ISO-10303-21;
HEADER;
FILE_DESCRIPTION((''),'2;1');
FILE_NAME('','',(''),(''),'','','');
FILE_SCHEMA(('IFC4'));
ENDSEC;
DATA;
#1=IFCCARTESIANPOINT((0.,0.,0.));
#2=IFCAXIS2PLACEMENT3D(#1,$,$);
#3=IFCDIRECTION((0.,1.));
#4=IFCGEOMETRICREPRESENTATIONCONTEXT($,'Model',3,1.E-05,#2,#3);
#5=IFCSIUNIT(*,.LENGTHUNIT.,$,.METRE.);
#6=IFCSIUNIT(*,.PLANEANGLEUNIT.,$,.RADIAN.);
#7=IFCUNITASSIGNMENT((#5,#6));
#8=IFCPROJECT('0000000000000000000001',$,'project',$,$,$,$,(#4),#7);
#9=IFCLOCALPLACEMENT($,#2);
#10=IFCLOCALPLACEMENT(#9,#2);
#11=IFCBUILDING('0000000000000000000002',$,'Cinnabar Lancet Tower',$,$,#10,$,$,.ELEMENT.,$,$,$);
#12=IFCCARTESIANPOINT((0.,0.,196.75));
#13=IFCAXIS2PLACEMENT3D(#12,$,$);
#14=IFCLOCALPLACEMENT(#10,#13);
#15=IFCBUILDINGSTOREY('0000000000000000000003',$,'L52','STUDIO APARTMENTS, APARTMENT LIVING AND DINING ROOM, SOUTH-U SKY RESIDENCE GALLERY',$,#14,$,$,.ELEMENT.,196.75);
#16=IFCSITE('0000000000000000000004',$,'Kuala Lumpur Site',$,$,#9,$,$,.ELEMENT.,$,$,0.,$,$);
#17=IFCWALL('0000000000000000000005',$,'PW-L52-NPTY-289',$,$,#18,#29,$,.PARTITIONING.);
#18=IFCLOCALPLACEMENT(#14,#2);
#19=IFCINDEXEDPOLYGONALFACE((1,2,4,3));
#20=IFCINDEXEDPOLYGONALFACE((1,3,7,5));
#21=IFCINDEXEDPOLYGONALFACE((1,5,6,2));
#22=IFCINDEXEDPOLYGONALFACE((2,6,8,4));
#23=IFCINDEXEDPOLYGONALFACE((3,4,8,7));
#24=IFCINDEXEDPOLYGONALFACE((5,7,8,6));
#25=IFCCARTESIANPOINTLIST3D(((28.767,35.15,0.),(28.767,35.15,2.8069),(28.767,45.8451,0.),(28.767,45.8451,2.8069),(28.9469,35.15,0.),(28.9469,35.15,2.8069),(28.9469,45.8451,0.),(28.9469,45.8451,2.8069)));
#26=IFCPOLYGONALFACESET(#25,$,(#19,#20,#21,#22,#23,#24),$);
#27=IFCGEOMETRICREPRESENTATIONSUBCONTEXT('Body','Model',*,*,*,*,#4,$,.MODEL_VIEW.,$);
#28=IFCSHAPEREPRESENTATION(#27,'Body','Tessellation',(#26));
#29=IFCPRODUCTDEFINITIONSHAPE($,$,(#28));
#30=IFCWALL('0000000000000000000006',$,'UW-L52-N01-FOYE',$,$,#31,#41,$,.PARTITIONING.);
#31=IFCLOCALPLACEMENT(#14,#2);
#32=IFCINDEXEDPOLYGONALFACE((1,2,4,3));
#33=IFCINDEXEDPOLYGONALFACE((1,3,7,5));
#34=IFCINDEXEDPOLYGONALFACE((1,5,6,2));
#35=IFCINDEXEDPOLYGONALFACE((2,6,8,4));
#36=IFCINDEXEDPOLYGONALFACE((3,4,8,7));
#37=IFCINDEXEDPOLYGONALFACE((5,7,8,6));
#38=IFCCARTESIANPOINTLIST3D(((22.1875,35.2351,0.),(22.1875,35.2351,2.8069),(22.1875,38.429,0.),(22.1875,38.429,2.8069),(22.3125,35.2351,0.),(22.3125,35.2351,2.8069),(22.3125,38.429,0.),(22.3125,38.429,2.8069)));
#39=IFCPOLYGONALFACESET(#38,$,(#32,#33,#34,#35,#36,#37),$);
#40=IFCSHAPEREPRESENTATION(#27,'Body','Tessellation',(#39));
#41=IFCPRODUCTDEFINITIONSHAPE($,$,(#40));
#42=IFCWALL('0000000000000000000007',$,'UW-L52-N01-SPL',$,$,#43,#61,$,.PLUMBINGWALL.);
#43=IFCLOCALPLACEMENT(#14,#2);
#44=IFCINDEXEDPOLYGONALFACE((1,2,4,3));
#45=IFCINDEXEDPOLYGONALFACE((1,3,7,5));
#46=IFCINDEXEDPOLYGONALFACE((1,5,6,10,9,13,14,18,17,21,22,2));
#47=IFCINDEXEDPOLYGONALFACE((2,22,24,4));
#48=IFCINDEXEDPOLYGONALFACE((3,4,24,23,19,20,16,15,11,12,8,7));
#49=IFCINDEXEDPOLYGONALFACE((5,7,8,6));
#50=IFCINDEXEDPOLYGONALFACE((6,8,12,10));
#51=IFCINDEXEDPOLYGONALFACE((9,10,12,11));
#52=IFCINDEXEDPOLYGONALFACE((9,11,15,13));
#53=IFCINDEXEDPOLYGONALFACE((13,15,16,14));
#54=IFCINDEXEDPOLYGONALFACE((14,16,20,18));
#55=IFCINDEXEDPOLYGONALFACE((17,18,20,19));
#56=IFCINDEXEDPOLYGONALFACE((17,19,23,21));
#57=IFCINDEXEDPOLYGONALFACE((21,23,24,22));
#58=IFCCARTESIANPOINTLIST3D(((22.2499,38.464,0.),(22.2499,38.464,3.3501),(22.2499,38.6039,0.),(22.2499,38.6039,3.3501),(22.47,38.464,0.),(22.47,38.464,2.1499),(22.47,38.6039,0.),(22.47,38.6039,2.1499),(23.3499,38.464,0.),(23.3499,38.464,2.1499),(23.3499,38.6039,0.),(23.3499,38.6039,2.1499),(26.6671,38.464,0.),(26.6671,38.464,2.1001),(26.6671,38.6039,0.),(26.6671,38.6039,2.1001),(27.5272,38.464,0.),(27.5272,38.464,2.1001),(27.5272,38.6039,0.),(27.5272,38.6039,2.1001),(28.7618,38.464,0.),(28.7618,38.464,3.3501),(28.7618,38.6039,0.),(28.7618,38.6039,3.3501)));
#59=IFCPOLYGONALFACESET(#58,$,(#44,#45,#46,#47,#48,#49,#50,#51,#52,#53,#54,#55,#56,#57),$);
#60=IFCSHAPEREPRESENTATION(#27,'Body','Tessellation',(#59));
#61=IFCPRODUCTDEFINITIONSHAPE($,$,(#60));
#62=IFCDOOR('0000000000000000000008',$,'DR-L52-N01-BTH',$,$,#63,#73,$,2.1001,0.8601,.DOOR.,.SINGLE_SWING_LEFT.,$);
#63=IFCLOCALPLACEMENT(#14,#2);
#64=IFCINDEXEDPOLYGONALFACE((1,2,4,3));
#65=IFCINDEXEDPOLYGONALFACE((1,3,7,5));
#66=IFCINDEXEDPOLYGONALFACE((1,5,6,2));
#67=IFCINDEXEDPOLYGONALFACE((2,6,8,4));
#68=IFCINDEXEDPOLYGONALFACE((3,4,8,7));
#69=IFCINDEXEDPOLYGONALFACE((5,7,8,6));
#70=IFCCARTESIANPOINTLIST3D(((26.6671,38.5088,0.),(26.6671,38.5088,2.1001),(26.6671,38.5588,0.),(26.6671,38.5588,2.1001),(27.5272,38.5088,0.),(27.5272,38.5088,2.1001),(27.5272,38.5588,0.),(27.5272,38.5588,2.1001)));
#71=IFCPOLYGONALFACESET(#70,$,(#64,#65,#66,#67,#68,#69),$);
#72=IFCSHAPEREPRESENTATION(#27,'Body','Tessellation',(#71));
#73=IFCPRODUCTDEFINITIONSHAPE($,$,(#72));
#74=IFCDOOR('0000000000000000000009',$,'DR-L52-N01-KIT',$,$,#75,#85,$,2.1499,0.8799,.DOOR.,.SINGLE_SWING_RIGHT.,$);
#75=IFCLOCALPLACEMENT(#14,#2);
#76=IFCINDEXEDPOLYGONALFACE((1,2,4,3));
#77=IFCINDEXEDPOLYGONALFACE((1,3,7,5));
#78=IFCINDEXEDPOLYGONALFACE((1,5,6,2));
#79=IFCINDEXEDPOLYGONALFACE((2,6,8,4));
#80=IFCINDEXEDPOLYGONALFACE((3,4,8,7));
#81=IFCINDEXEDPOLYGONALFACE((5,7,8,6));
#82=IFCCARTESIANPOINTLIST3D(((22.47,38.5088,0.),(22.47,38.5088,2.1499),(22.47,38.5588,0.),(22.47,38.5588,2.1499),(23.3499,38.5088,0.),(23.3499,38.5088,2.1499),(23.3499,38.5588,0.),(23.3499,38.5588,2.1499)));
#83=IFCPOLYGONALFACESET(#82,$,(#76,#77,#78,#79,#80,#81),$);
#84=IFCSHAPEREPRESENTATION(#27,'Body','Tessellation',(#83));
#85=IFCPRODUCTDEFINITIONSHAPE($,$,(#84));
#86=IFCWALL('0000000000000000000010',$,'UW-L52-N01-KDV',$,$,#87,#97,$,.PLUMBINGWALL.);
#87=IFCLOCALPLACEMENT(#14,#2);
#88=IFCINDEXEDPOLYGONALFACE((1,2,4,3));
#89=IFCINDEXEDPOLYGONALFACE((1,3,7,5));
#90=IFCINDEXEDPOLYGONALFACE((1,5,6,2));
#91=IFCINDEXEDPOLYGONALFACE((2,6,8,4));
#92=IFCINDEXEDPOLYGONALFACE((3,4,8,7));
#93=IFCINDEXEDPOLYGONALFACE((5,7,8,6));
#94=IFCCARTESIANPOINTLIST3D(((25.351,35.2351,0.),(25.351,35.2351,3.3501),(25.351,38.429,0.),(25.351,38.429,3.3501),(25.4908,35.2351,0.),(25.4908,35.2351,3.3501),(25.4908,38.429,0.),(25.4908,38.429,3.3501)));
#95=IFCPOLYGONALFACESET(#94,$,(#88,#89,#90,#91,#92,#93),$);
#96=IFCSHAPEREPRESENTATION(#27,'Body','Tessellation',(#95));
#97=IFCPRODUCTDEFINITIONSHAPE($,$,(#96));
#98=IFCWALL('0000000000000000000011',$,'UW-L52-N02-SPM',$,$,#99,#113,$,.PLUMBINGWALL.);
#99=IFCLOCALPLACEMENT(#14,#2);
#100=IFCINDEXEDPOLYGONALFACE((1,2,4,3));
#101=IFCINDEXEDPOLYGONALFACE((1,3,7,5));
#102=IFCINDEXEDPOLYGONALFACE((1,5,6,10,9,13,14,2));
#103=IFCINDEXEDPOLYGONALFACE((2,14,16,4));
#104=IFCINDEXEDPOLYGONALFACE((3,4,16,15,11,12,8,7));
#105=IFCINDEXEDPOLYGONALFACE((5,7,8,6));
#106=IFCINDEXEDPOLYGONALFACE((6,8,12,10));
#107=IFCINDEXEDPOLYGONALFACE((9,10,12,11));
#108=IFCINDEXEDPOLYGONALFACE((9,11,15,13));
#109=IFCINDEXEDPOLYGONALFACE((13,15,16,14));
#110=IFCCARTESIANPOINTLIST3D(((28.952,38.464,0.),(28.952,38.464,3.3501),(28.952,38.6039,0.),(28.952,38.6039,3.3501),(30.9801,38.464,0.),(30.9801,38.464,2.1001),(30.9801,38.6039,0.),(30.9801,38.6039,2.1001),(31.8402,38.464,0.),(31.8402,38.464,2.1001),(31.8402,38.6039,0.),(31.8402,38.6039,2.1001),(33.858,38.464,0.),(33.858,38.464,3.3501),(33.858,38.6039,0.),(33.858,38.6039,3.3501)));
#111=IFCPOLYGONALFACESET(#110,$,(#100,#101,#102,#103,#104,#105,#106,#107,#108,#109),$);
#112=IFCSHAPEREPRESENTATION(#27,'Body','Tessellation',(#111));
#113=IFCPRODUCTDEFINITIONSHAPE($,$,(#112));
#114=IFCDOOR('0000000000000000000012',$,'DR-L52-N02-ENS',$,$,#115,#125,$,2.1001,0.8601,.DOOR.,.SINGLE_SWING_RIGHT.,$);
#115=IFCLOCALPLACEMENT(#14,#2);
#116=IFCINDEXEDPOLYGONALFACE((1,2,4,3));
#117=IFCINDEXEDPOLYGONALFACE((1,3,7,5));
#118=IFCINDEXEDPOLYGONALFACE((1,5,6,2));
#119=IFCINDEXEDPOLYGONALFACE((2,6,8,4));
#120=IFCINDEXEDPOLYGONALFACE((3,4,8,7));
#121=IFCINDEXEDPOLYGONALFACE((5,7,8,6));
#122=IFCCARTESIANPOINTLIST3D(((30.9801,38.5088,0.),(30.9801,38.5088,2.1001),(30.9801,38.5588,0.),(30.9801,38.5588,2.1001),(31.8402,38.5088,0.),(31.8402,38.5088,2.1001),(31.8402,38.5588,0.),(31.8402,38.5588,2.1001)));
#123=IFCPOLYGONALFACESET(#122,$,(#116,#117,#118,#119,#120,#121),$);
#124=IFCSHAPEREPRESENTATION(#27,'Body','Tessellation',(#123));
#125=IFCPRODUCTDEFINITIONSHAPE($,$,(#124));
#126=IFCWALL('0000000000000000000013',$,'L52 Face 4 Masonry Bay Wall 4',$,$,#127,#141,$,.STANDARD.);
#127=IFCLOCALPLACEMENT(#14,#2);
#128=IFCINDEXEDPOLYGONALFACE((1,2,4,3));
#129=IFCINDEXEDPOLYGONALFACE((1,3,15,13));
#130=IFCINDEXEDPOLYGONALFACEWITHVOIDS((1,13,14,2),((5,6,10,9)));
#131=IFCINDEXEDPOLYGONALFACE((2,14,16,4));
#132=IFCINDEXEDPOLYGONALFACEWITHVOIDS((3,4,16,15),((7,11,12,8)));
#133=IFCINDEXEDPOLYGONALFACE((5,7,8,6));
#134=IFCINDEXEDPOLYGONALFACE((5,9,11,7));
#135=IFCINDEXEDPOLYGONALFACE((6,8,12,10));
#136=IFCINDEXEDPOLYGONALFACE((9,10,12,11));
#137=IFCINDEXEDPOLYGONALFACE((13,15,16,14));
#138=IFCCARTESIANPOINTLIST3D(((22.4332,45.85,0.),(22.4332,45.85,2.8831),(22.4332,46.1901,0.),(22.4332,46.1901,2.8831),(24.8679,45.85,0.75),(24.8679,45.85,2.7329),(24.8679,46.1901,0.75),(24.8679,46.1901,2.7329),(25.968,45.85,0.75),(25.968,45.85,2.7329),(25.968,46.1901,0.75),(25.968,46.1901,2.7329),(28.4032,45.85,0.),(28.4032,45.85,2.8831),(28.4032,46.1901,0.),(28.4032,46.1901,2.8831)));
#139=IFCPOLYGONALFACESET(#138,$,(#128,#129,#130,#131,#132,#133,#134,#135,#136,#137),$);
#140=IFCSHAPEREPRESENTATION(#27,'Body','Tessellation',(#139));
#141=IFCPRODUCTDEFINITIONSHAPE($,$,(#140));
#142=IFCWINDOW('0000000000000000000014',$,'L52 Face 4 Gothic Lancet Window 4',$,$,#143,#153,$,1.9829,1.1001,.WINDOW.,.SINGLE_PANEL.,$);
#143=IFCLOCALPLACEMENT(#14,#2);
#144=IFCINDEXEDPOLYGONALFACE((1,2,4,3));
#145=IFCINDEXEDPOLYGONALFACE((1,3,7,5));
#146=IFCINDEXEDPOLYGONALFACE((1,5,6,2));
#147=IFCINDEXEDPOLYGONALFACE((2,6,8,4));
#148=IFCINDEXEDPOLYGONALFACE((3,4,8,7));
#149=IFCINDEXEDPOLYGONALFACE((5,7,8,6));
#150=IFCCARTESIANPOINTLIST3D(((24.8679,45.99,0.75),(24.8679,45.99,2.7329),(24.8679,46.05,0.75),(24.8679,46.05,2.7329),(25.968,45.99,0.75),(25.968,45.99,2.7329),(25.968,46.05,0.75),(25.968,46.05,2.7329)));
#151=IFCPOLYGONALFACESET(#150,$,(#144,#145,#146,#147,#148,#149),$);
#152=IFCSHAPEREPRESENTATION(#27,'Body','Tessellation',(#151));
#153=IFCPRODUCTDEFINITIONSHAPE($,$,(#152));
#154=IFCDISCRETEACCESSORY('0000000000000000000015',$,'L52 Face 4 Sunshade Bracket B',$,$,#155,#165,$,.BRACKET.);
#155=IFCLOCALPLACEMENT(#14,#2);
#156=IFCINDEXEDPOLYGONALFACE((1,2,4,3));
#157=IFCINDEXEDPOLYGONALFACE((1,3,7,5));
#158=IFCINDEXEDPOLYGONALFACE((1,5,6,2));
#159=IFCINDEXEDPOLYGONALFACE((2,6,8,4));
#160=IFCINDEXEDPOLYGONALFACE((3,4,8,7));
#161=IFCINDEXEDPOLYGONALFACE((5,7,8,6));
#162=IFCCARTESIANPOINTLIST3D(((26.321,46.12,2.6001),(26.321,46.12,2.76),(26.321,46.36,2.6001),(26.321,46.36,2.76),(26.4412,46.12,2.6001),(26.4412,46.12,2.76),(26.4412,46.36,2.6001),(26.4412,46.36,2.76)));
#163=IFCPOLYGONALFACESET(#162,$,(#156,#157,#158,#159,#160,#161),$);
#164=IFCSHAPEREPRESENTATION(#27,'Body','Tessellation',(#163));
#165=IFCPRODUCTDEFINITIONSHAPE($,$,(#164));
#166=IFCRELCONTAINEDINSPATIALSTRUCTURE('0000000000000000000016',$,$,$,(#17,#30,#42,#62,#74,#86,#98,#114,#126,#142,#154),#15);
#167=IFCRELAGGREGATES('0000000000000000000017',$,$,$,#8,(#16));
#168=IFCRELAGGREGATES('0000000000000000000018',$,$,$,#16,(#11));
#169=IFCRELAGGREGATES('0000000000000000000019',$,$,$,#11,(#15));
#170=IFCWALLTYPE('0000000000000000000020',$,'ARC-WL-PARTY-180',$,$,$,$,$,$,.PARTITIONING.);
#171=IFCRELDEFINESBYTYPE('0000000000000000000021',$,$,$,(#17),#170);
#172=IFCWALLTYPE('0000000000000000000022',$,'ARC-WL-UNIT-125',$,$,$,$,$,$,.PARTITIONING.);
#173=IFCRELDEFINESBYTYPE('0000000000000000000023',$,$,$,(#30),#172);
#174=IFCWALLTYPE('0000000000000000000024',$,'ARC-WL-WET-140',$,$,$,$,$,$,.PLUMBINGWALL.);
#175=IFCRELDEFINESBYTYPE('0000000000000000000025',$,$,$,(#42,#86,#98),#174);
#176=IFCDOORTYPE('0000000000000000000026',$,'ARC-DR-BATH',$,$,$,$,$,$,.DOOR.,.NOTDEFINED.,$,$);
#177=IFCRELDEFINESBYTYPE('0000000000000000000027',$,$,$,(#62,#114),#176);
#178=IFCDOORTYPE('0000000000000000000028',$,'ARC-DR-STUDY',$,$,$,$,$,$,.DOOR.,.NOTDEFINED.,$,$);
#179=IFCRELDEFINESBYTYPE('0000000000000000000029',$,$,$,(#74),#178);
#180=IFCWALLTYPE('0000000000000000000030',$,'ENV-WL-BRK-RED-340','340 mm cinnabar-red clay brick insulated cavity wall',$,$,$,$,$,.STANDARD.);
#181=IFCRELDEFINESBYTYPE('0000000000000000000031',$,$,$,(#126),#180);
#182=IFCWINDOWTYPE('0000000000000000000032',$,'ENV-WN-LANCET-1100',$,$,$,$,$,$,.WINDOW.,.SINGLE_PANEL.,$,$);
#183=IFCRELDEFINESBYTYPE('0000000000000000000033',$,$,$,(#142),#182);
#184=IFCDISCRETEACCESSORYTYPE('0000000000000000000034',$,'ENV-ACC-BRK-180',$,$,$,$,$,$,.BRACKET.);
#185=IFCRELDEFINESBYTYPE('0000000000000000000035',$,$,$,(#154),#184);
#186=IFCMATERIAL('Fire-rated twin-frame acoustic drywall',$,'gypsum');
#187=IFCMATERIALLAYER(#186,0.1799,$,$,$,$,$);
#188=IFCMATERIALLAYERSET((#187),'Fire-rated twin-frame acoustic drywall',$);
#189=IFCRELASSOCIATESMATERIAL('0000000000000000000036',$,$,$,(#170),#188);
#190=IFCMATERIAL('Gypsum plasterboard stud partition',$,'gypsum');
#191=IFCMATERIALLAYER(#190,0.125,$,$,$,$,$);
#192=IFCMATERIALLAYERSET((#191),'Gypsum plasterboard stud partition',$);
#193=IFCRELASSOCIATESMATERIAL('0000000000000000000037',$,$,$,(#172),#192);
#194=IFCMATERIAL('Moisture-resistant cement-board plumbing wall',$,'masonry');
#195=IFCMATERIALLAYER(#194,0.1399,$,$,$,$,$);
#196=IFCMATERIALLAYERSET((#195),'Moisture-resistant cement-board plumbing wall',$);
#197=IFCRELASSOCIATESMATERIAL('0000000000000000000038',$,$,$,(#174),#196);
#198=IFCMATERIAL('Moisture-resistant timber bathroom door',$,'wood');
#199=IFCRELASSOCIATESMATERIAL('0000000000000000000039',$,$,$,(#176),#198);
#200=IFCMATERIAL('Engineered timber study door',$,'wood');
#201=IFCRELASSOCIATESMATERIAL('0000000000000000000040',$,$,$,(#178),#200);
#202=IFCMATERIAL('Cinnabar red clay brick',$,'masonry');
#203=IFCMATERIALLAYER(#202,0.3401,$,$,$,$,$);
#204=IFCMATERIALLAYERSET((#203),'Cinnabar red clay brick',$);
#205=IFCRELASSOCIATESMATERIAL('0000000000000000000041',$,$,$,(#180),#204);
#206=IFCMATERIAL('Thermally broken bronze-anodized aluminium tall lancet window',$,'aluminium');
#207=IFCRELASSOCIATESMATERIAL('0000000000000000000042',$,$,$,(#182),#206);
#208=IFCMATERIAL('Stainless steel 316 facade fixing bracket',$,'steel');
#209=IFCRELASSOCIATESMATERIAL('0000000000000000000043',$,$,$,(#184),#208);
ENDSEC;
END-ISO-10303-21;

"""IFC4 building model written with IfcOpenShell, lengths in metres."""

from ifc_helpers import new_model, si_unit, direction, frame, frame_2d, origin, origin_2d, place, context, subcontext, project, spatial, rectangle, extrude, material, layer, layer_set, type_object, element, fill, save


model = new_model("IFC4")

# Units and contexts
model_context = context("Model", 3, precision=1e-05, world=origin(), true_north=direction((0.0, 1.0)))
body_context = subcontext(model_context, "Body", "Model", "MODEL_VIEW")
ifc_project = project(units=[si_unit("LENGTHUNIT", "METRE"), si_unit("PLANEANGLEUNIT", "RADIAN")], contexts=[model_context])

# Site, building, storey
site_placement = place(None, origin())
site = spatial("IfcSite", under=ifc_project, at=site_placement, Name="Kuala Lumpur Site", CompositionType="ELEMENT", RefElevation=0.0)
building_placement = place(site_placement, origin())
building = spatial("IfcBuilding", under=site, at=building_placement, Name="Cinnabar Lancet Tower", CompositionType="ELEMENT")
storey_placement = place(building_placement, frame((0.0, 0.0, 196.75)))
storey = spatial("IfcBuildingStorey", under=building, at=storey_placement, Name="L52", Description="STUDIO APARTMENTS, APARTMENT LIVING AND DINING ROOM, SOUTH-U SKY RESIDENCE GALLERY", CompositionType="ELEMENT", Elevation=196.75)

# Walls
ifc_material_1 = material(Name="Fire-rated twin-frame acoustic drywall", Category="gypsum")
ifc_layer_1 = layer(ifc_material_1, 0.1799)
ifc_layer_set_1 = layer_set([ifc_layer_1], Name="Fire-rated twin-frame acoustic drywall")
wall_type_1 = type_object("IfcWallType", Name="ARC-WL-PARTY-180", PredefinedType="PARTITIONING", material=ifc_layer_set_1)
wall_1_placement = place(storey_placement, frame((28.8569, 35.1499, 0.0), z_axis=(0.0, 0.0, 1.0), x_axis=(0.0, 1.0, 0.0)))
element("IfcWall", 1, at=wall_1_placement, inside=storey, type_object=wall_type_1, Name="PW-L52-NPTY-289", PredefinedType="PARTITIONING", context=body_context, shape_type="SweptSolid", body=[
    extrude(rectangle(XDim=10.6951, YDim=0.1799, at=frame_2d((5.3477, 0.0))), origin(), (0.0, 0.0, 1.0), 2.8069),
])
ifc_material_2 = material(Name="Gypsum plasterboard stud partition", Category="gypsum")
ifc_layer_2 = layer(ifc_material_2, 0.125)
ifc_layer_set_2 = layer_set([ifc_layer_2], Name="Gypsum plasterboard stud partition")
wall_type_2 = type_object("IfcWallType", Name="ARC-WL-UNIT-125", PredefinedType="PARTITIONING", material=ifc_layer_set_2)
wall_2_placement = place(storey_placement, frame((22.25, 35.2351, 0.0), z_axis=(0.0, 0.0, 1.0), x_axis=(0.0, 1.0, 0.0)))
element("IfcWall", 2, at=wall_2_placement, inside=storey, type_object=wall_type_2, Name="UW-L52-N01-FOYE", PredefinedType="PARTITIONING", context=body_context, shape_type="SweptSolid", body=[
    extrude(rectangle(XDim=3.1938, YDim=0.125, at=frame_2d((1.5969, 0.0))), origin(), (0.0, 0.0, 1.0), 2.8069),
])

# Wall, openings, doors
ifc_material_3 = material(Name="Moisture-resistant cement-board plumbing wall", Category="masonry")
ifc_layer_3 = layer(ifc_material_3, 0.1399)
ifc_layer_set_3 = layer_set([ifc_layer_3], Name="Moisture-resistant cement-board plumbing wall")
wall_type_3 = type_object("IfcWallType", Name="ARC-WL-WET-140", PredefinedType="PLUMBINGWALL", material=ifc_layer_set_3)
wall_3_placement = place(storey_placement, frame((22.25, 38.5339, 0.0), z_axis=(0.0, 0.0, 1.0), x_axis=(1.0, 0.0, 0.0)))
wall_3 = element("IfcWall", 3, at=wall_3_placement, inside=storey, type_object=wall_type_3, Name="UW-L52-N01-SPL", PredefinedType="PLUMBINGWALL", context=body_context, shape_type="SweptSolid", body=[
    extrude(rectangle(XDim=6.512, YDim=0.1399, at=frame_2d((3.2559, 0.0))), origin(), (0.0, 0.0, 1.0), 3.3501),
])
opening_1_placement = place(wall_3_placement, frame((4.417, 0.0, 0.0)))
opening_1 = element("IfcOpeningElement", 4, at=opening_1_placement, cuts=wall_3, PredefinedType="OPENING", context=body_context, shape_type="SweptSolid", body=[
    extrude(rectangle(XDim=0.8601, YDim=2.1001, at=frame_2d((0.4302, 1.05))), frame((0.0, 0.0798, 0.0), z_axis=(0.0, -1.0, 0.0), x_axis=(1.0, 0.0, 0.0)), (0.0, 0.0, 1.0), 0.1599),
])
opening_2_placement = place(wall_3_placement, frame((0.22, 0.0, 0.0)))
opening_2 = element("IfcOpeningElement", 5, at=opening_2_placement, cuts=wall_3, PredefinedType="OPENING", context=body_context, shape_type="SweptSolid", body=[
    extrude(rectangle(XDim=0.8799, YDim=2.1499, at=frame_2d((0.4399, 1.075))), frame((0.0, 0.0798, 0.0), z_axis=(0.0, -1.0, 0.0), x_axis=(1.0, 0.0, 0.0)), (0.0, 0.0, 1.0), 0.1599),
])
ifc_material_4 = material(Name="Moisture-resistant timber bathroom door", Category="wood")
door_type_1 = type_object("IfcDoorType", Name="ARC-DR-BATH", OperationType="NOTDEFINED", PredefinedType="DOOR", material=ifc_material_4)
door_1_placement = place(opening_1_placement, origin())
door_1 = element("IfcDoor", 6, at=door_1_placement, inside=storey, type_object=door_type_1, Name="DR-L52-N01-BTH", OperationType="SINGLE_SWING_LEFT", OverallHeight=2.1001, OverallWidth=0.8601, PredefinedType="DOOR", context=body_context, shape_type="SweptSolid", body=[
    extrude(rectangle(XDim=0.8601, YDim=2.1001, at=frame_2d((0.4302, 1.05))), frame((0.0, 0.0249, 0.0), z_axis=(0.0, -1.0, 0.0), x_axis=(1.0, 0.0, 0.0)), (0.0, 0.0, 1.0), 0.05),
])
fill(opening_1, door_1)
ifc_material_5 = material(Name="Engineered timber study door", Category="wood")
door_type_2 = type_object("IfcDoorType", Name="ARC-DR-STUDY", OperationType="NOTDEFINED", PredefinedType="DOOR", material=ifc_material_5)
door_2_placement = place(opening_2_placement, origin())
door_2 = element("IfcDoor", 7, at=door_2_placement, inside=storey, type_object=door_type_2, Name="DR-L52-N01-KIT", OperationType="SINGLE_SWING_RIGHT", OverallHeight=2.1499, OverallWidth=0.8799, PredefinedType="DOOR", context=body_context, shape_type="SweptSolid", body=[
    extrude(rectangle(XDim=0.8799, YDim=2.1499, at=frame_2d((0.4399, 1.075))), frame((0.0, 0.0249, 0.0), z_axis=(0.0, -1.0, 0.0), x_axis=(1.0, 0.0, 0.0)), (0.0, 0.0, 1.0), 0.05),
])
fill(opening_2, door_2)

# Wall
wall_4_placement = place(storey_placement, frame((25.4209, 35.2351, 0.0), z_axis=(0.0, 0.0, 1.0), x_axis=(0.0, 1.0, 0.0)))
element("IfcWall", 8, at=wall_4_placement, inside=storey, type_object=wall_type_3, Name="UW-L52-N01-KDV", PredefinedType="PLUMBINGWALL", context=body_context, shape_type="SweptSolid", body=[
    extrude(rectangle(XDim=3.1938, YDim=0.1399, at=frame_2d((1.5969, 0.0))), origin(), (0.0, 0.0, 1.0), 3.3501),
])

# Wall, opening, door
wall_5_placement = place(storey_placement, frame((28.9519, 38.5339, 0.0), z_axis=(0.0, 0.0, 1.0), x_axis=(1.0, 0.0, 0.0)))
wall_5 = element("IfcWall", 9, at=wall_5_placement, inside=storey, type_object=wall_type_3, Name="UW-L52-N02-SPM", PredefinedType="PLUMBINGWALL", context=body_context, shape_type="SweptSolid", body=[
    extrude(rectangle(XDim=4.906, YDim=0.1399, at=frame_2d((2.4531, 0.0))), origin(), (0.0, 0.0, 1.0), 3.3501),
])
opening_3_placement = place(wall_5_placement, frame((2.0281, 0.0, 0.0)))
opening_3 = element("IfcOpeningElement", 10, at=opening_3_placement, cuts=wall_5, PredefinedType="OPENING", context=body_context, shape_type="SweptSolid", body=[
    extrude(rectangle(XDim=0.8601, YDim=2.1001, at=frame_2d((0.4302, 1.05))), frame((0.0, 0.0798, 0.0), z_axis=(0.0, -1.0, 0.0), x_axis=(1.0, 0.0, 0.0)), (0.0, 0.0, 1.0), 0.1599),
])
door_3_placement = place(opening_3_placement, origin())
door_3 = element("IfcDoor", 11, at=door_3_placement, inside=storey, type_object=door_type_1, Name="DR-L52-N02-ENS", OperationType="SINGLE_SWING_RIGHT", OverallHeight=2.1001, OverallWidth=0.8601, PredefinedType="DOOR", context=body_context, shape_type="SweptSolid", body=[
    extrude(rectangle(XDim=0.8601, YDim=2.1001, at=frame_2d((0.4302, 1.05))), frame((0.0, 0.0249, 0.0), z_axis=(0.0, -1.0, 0.0), x_axis=(1.0, 0.0, 0.0)), (0.0, 0.0, 1.0), 0.05),
])
fill(opening_3, door_3)

# Wall, opening, window
ifc_material_6 = material(Name="Cinnabar red clay brick", Category="masonry")
ifc_layer_4 = layer(ifc_material_6, 0.3401)
ifc_layer_set_4 = layer_set([ifc_layer_4], Name="Cinnabar red clay brick")
wall_type_4 = type_object("IfcWallType", Name="ENV-WL-BRK-RED-340", Description="340 mm cinnabar-red clay brick insulated cavity wall", PredefinedType="STANDARD", material=ifc_layer_set_4)
wall_6_placement = place(storey_placement, frame((28.4031, 46.02, 0.0), z_axis=(0.0, 0.0, 1.0), x_axis=(-1.0, 0.0, 0.0)))
wall_6 = element("IfcWall", 12, at=wall_6_placement, inside=storey, type_object=wall_type_4, Name="L52 Face 4 Masonry Bay Wall 4", PredefinedType="STANDARD", context=body_context, shape_type="SweptSolid", body=[
    extrude(rectangle(XDim=5.97, YDim=0.3401, at=frame_2d((2.9849, 0.0))), origin(), (0.0, 0.0, 1.0), 2.8831),
])
opening_4_placement = place(wall_6_placement, frame((2.4351, 0.0, 0.75)))
opening_4 = element("IfcOpeningElement", 13, at=opening_4_placement, cuts=wall_6, PredefinedType="OPENING", context=body_context, shape_type="SweptSolid", body=[
    extrude(rectangle(XDim=1.1001, YDim=1.9829, at=frame_2d((0.55, 0.9915))), frame((0.0, 0.1799, 0.0), z_axis=(0.0, -1.0, 0.0), x_axis=(1.0, 0.0, 0.0)), (0.0, 0.0, 1.0), 0.3601),
])
ifc_material_7 = material(Name="Thermally broken bronze-anodized aluminium tall lancet window", Category="aluminium")
window_type = type_object("IfcWindowType", Name="ENV-WN-LANCET-1100", PartitioningType="SINGLE_PANEL", PredefinedType="WINDOW", material=ifc_material_7)
window_placement = place(opening_4_placement, origin())
window = element("IfcWindow", 14, at=window_placement, inside=storey, type_object=window_type, Name="L52 Face 4 Gothic Lancet Window 4", OverallHeight=1.9829, OverallWidth=1.1001, PartitioningType="SINGLE_PANEL", PredefinedType="WINDOW", context=body_context, shape_type="SweptSolid", body=[
    extrude(rectangle(XDim=1.1001, YDim=1.9829, at=frame_2d((0.55, 0.9915))), frame((0.0, 0.03, 0.0), z_axis=(0.0, -1.0, 0.0), x_axis=(1.0, 0.0, 0.0)), (0.0, 0.0, 1.0), 0.0601),
])
fill(opening_4, window)

# Discrete accessory
ifc_material_8 = material(Name="Stainless steel 316 facade fixing bracket", Category="steel")
discrete_accessory_type = type_object("IfcDiscreteAccessoryType", Name="ENV-ACC-BRK-180", PredefinedType="BRACKET", material=ifc_material_8)
discrete_accessory_placement = place(storey_placement, frame((26.3811, 46.24, 2.6001), z_axis=(0.0, 0.0, 1.0), x_axis=(-1.0, 0.0, 0.0)))
element("IfcDiscreteAccessory", 15, at=discrete_accessory_placement, inside=storey, type_object=discrete_accessory_type, Name="L52 Face 4 Sunshade Bracket B", PredefinedType="BRACKET", context=body_context, shape_type="SweptSolid", body=[
    extrude(rectangle(XDim=0.1201, YDim=0.24, at=origin_2d()), origin(), (0.0, 0.0, 1.0), 0.1599),
])

save(model, "model.ifc")
